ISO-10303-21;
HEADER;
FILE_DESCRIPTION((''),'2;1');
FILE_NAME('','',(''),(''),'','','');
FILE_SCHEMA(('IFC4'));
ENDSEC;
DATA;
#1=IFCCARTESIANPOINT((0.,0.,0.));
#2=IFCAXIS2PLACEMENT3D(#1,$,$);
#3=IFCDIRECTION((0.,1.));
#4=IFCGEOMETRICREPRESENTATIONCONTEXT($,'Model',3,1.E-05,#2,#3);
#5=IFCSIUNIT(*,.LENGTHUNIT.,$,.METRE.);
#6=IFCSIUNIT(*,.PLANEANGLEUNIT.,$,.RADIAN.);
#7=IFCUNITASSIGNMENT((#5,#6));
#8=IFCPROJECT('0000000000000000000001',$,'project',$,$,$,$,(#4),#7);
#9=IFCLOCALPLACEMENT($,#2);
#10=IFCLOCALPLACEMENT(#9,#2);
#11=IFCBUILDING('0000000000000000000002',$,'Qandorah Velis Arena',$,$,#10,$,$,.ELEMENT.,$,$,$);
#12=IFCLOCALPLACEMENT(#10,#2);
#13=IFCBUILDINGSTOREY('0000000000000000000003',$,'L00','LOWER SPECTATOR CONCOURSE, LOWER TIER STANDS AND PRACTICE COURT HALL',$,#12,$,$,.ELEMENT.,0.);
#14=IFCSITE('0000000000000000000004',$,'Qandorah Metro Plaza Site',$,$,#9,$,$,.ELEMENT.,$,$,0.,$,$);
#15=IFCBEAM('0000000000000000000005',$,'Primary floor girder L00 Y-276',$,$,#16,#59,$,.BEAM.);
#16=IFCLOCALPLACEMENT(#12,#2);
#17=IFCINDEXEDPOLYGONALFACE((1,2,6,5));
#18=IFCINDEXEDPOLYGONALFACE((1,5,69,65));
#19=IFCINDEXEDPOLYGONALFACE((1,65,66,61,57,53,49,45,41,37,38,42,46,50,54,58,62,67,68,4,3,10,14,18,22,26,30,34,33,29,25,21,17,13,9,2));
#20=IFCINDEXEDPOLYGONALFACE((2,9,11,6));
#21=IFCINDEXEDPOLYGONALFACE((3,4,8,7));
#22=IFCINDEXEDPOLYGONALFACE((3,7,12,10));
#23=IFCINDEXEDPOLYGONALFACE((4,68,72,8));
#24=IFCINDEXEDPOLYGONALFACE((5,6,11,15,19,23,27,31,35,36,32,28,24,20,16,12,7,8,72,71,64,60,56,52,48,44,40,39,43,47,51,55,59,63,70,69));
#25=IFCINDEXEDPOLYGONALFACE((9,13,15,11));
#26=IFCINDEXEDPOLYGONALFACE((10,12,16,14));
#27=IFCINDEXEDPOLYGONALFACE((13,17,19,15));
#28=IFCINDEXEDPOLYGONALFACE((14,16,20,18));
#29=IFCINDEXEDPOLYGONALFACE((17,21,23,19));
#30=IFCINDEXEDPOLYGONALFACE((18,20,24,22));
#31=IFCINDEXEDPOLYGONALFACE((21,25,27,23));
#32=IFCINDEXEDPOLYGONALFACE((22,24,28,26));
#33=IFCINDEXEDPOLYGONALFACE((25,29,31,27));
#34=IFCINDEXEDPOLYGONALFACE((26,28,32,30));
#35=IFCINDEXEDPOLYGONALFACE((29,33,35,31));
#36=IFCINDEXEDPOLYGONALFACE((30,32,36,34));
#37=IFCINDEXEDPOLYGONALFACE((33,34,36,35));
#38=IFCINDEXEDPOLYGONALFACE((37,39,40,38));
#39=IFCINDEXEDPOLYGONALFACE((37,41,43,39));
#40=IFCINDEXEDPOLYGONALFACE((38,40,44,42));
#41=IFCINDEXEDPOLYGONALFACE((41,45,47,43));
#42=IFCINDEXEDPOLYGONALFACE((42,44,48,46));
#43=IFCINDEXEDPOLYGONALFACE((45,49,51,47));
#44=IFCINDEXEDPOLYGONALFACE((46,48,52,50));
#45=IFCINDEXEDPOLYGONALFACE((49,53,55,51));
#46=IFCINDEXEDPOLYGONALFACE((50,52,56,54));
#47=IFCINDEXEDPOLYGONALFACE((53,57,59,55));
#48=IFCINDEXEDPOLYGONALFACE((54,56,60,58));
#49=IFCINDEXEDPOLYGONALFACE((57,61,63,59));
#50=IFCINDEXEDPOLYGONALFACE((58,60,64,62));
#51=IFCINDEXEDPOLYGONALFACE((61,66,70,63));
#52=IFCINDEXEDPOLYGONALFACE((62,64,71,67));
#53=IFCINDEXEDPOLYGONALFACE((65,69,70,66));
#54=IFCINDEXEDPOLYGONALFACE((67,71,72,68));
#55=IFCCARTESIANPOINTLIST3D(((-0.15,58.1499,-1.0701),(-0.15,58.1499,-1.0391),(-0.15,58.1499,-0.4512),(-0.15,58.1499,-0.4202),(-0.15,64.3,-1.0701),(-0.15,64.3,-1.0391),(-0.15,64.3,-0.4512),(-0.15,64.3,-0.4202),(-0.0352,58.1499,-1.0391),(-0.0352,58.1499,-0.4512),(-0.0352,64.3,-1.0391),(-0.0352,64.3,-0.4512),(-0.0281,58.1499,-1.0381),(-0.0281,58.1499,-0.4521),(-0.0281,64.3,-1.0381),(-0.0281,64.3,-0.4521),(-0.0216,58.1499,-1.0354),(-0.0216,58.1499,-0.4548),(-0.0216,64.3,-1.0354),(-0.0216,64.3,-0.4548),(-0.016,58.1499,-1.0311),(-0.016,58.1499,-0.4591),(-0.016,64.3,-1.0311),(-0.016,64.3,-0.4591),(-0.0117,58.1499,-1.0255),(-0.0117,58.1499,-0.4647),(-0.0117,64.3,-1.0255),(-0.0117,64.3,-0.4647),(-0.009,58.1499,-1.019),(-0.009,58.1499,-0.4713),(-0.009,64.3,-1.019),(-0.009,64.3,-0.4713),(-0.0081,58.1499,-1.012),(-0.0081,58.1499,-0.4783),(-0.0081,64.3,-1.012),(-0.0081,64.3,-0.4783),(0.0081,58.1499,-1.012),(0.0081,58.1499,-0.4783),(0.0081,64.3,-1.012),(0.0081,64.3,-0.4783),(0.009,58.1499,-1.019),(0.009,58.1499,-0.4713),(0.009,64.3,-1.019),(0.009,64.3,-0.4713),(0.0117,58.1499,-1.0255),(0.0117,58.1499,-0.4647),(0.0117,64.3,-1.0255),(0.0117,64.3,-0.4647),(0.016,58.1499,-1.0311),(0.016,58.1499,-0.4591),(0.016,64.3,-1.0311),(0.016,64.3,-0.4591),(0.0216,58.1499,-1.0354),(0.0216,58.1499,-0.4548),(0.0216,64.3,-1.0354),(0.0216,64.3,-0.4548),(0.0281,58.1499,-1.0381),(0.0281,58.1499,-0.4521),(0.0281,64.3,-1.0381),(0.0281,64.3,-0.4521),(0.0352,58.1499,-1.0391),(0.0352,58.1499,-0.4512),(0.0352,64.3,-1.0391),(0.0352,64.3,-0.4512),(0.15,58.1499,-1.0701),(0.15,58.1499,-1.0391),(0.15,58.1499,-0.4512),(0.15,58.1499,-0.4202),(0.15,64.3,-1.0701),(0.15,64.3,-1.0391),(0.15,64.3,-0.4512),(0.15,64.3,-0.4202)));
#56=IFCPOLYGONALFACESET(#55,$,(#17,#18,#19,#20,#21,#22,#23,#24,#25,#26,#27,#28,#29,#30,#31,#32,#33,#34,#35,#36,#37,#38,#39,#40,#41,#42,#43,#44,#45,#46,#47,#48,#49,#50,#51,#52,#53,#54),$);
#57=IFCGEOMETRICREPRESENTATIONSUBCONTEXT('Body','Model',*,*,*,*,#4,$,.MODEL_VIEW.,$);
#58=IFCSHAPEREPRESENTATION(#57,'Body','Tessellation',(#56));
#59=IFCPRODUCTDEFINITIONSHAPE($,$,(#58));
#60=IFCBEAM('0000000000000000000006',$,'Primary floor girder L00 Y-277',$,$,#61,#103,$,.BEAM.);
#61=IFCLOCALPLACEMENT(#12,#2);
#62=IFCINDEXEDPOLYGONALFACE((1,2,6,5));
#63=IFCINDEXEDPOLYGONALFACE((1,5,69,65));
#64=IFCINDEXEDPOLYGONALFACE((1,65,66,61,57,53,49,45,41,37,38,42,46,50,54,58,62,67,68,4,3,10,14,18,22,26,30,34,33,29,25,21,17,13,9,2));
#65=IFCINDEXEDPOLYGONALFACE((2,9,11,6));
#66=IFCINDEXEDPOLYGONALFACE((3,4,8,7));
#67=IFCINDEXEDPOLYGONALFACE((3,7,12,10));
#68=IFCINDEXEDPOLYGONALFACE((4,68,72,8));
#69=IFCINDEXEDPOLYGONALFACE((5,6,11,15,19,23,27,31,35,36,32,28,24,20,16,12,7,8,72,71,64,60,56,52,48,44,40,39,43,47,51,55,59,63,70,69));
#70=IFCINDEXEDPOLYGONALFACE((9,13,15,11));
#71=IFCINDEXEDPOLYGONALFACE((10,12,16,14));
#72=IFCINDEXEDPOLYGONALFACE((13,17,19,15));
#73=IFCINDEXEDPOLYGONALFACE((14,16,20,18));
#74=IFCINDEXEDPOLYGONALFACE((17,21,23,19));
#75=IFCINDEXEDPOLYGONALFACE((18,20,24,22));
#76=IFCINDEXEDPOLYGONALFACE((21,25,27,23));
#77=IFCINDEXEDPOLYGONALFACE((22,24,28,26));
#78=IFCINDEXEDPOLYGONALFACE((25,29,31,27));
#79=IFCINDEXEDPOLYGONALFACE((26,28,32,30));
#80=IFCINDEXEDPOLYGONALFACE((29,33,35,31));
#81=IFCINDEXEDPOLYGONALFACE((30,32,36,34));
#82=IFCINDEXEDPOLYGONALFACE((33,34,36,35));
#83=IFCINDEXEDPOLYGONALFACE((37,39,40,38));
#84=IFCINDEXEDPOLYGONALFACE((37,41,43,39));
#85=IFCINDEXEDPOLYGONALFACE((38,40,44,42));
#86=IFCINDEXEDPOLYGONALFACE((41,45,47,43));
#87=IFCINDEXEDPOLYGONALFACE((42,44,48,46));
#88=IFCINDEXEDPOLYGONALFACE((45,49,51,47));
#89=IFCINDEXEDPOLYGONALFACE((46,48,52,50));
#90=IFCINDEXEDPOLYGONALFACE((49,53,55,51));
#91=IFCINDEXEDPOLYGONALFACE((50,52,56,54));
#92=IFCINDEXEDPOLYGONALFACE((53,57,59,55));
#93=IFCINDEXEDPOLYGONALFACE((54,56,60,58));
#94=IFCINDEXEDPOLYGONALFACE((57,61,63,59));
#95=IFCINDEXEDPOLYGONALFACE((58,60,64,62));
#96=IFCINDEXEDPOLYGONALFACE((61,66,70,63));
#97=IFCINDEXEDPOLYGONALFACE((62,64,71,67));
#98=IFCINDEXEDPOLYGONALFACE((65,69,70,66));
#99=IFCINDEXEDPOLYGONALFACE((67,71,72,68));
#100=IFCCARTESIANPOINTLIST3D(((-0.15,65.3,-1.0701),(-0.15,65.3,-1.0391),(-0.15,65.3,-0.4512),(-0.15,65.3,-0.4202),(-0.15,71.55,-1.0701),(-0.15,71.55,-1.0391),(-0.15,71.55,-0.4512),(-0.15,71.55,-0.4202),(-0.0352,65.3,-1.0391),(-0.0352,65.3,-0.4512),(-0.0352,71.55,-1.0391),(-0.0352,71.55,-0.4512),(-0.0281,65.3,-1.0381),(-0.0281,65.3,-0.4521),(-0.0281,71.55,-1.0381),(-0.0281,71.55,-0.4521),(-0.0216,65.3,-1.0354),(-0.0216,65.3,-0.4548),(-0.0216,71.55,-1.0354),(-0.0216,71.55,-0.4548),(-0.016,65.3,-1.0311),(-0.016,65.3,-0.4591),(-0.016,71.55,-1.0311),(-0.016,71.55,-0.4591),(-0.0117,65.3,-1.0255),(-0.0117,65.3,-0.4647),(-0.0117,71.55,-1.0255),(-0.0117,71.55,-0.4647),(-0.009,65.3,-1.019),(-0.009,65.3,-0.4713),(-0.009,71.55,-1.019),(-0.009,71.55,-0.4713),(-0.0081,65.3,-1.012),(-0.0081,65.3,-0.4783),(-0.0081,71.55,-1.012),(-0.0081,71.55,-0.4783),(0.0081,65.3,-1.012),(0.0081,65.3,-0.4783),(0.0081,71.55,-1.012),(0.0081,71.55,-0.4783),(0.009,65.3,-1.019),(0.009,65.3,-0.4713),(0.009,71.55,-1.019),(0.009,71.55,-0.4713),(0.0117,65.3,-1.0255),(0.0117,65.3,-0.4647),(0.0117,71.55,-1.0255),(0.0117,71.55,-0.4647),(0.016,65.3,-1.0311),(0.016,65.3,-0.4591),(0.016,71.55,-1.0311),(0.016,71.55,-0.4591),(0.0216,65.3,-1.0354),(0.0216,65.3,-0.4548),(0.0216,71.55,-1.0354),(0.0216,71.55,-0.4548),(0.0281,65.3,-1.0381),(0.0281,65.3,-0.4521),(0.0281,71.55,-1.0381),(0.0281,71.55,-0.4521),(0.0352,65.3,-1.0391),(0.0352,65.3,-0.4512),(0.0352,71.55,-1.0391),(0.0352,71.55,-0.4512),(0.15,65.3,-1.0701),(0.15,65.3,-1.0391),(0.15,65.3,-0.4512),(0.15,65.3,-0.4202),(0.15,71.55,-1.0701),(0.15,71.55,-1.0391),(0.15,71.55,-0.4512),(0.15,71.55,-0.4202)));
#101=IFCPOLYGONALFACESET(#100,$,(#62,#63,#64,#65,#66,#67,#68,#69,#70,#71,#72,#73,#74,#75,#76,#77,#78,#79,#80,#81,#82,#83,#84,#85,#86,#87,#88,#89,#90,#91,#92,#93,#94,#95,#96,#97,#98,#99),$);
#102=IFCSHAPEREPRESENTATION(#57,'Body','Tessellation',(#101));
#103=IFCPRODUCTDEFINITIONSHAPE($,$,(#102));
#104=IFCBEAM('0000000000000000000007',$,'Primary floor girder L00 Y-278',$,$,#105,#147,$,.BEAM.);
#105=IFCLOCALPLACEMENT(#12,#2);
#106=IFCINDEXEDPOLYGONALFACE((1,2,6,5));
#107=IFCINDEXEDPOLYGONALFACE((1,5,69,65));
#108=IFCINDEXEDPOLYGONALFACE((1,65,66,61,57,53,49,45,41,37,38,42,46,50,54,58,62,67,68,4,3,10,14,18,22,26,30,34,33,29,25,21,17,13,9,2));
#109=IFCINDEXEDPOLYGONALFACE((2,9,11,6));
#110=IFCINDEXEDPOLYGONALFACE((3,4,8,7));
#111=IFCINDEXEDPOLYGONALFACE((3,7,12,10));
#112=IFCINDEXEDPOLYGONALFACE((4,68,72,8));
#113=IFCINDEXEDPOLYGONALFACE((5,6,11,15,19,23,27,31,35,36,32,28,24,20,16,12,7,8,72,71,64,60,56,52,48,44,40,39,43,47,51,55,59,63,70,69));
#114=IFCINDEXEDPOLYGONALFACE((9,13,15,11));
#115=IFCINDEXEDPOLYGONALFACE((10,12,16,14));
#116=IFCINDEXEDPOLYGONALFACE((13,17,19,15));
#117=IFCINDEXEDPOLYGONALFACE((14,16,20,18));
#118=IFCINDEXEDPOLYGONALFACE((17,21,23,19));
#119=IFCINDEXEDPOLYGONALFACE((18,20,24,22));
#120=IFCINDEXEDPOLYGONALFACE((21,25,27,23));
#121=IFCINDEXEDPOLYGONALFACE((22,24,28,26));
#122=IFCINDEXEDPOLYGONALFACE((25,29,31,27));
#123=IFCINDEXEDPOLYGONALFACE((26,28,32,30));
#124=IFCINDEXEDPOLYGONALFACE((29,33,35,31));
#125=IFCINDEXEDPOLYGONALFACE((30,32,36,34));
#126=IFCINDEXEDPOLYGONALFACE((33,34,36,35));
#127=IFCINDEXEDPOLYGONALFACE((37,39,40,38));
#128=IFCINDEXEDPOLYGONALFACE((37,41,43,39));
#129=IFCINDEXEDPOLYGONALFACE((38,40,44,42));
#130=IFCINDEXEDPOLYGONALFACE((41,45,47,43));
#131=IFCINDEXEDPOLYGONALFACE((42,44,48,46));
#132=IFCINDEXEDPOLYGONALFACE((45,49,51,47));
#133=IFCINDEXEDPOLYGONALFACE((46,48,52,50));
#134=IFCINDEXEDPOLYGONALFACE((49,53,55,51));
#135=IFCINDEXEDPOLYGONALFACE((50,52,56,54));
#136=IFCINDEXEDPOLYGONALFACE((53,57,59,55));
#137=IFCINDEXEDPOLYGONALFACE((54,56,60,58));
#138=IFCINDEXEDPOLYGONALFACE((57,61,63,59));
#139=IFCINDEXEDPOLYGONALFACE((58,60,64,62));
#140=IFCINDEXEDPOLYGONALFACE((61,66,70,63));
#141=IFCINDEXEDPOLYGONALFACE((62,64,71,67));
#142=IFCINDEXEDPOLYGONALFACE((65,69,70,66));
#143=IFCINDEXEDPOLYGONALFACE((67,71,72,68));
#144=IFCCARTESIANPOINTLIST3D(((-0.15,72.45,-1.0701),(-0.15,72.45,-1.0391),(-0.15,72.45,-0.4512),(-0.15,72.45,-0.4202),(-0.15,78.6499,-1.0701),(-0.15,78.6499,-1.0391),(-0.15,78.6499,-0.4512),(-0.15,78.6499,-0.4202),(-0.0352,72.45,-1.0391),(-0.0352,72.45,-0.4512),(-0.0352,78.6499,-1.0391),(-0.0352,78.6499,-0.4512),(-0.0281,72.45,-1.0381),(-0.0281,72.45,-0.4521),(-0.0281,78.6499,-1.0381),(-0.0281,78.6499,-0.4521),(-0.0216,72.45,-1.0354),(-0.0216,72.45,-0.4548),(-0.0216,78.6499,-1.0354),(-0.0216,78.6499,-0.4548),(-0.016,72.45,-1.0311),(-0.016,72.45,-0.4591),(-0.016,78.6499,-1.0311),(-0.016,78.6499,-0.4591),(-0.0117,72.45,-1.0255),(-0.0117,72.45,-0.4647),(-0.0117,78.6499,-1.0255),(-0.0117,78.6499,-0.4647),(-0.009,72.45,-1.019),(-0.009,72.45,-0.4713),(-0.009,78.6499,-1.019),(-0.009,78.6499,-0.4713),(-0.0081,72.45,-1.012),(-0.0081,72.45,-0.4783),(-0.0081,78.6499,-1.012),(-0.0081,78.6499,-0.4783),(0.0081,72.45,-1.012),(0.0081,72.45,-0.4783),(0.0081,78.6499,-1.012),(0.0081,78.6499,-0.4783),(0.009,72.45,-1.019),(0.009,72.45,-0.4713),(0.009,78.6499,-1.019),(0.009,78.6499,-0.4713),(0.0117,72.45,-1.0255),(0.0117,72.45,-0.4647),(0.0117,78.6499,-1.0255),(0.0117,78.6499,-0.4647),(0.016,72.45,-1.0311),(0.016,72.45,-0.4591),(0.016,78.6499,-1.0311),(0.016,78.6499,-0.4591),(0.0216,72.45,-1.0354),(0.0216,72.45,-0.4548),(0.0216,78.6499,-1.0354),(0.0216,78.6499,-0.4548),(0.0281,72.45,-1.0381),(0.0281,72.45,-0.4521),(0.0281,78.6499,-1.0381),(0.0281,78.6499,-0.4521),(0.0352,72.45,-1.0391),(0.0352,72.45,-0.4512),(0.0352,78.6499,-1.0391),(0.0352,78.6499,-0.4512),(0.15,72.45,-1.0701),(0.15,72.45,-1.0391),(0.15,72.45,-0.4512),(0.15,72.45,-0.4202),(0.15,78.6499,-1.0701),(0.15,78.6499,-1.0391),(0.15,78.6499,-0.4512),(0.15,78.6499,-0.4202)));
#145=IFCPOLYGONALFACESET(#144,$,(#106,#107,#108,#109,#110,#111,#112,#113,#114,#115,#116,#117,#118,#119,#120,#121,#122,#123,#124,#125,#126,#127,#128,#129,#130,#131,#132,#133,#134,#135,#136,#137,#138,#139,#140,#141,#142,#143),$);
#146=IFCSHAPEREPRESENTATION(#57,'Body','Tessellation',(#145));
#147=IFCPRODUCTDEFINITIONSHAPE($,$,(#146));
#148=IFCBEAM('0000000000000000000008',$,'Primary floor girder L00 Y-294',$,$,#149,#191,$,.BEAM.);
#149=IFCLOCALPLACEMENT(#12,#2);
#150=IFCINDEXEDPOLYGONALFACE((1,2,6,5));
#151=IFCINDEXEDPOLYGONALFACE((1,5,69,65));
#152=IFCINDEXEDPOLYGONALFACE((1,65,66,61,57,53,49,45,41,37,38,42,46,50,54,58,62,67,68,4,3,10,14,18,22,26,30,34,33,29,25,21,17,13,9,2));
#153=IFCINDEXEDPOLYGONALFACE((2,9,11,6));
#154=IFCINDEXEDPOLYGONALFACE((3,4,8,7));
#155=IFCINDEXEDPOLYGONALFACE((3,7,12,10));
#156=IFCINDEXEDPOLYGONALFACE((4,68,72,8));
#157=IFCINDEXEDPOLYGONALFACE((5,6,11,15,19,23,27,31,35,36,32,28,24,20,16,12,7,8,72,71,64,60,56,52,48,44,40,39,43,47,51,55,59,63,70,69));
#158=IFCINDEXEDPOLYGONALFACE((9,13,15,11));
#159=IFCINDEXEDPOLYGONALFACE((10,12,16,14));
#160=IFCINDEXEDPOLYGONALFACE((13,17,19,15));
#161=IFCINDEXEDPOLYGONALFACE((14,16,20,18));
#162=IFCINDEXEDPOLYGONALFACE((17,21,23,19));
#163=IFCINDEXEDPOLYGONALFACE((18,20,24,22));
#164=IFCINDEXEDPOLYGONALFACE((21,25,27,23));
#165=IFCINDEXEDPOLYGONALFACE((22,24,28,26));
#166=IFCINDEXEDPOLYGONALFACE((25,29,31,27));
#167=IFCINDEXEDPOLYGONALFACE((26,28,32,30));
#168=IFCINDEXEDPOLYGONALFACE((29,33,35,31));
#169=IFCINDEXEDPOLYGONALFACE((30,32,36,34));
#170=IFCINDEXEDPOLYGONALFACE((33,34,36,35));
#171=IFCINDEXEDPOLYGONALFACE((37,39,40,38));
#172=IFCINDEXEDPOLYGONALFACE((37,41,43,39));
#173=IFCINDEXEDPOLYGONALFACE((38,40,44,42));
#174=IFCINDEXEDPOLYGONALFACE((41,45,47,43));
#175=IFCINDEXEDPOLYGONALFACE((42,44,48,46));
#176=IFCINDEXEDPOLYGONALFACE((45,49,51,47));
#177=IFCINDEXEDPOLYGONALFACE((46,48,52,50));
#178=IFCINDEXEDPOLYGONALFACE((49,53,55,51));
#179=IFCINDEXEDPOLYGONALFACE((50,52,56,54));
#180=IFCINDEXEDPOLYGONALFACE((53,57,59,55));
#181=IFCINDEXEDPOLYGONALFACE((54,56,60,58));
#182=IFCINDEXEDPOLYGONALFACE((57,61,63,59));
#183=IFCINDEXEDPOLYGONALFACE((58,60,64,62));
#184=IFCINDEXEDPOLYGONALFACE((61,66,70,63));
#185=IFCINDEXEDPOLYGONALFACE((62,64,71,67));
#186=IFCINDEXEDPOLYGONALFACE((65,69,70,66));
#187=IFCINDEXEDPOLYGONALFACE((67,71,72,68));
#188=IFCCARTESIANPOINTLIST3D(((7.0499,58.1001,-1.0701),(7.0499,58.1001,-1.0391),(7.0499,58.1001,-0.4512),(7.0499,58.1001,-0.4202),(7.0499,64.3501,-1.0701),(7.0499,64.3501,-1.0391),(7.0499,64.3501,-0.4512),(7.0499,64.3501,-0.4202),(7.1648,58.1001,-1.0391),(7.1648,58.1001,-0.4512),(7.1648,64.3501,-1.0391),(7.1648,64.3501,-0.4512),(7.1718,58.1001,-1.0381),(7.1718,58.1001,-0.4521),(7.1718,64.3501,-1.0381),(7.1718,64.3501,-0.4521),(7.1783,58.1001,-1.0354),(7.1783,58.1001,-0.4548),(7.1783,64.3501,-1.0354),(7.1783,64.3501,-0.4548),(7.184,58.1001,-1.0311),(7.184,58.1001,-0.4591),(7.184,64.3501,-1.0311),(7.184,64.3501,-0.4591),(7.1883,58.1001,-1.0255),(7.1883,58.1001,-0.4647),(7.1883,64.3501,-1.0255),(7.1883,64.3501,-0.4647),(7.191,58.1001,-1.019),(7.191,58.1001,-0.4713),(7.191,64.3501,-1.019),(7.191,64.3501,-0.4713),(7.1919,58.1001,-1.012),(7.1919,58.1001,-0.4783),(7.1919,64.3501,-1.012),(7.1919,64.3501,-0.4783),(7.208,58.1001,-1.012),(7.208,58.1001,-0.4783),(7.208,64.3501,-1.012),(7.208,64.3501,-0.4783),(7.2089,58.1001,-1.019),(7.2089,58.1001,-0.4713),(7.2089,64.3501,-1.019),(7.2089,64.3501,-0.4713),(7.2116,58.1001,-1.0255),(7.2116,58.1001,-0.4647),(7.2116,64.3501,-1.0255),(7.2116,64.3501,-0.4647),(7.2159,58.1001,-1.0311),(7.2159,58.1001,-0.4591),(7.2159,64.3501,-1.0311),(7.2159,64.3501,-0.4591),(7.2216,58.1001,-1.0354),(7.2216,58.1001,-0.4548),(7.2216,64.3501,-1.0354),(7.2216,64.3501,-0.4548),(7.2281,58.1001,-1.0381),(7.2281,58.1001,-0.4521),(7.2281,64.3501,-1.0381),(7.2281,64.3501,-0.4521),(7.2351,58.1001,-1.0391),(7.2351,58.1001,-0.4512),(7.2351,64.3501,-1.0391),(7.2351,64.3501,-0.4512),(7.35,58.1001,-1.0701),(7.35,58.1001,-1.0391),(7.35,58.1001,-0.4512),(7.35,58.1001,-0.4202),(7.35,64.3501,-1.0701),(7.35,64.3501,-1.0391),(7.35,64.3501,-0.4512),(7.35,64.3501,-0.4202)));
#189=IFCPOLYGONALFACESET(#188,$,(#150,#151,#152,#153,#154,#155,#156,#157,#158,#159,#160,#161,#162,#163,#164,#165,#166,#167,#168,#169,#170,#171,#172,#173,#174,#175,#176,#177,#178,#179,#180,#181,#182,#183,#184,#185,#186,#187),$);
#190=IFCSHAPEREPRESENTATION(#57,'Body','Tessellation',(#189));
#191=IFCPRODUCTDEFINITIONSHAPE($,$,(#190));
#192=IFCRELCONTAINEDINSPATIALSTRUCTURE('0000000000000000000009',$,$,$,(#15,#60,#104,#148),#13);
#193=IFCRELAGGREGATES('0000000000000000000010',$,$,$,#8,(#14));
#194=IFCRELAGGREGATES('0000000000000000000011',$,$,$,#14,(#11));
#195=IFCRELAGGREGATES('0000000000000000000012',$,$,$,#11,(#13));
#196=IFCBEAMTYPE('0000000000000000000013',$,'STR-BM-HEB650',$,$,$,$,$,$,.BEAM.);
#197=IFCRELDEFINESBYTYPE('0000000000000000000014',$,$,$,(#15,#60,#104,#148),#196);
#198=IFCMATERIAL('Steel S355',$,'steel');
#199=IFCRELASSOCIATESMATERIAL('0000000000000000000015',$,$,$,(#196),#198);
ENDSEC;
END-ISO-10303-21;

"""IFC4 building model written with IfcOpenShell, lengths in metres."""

from ifc_helpers import new_model, si_unit, direction, frame, origin, origin_2d, place, context, subcontext, project, spatial, i_section, extrude, material, material_profile, profile_set, type_object, element, save


model = new_model("IFC4")

# Units and contexts
model_context = context("Model", 3, precision=1e-05, world=origin(), true_north=direction((0.0, 1.0)))
body_context = subcontext(model_context, "Body", "Model", "MODEL_VIEW")
ifc_project = project(units=[si_unit("LENGTHUNIT", "METRE"), si_unit("PLANEANGLEUNIT", "RADIAN")], contexts=[model_context])

# Site, building, storey
site_placement = place(None, origin())
site = spatial("IfcSite", under=ifc_project, at=site_placement, Name="Qandorah Metro Plaza Site", CompositionType="ELEMENT", RefElevation=0.0)
building_placement = place(site_placement, origin())
building = spatial("IfcBuilding", under=site, at=building_placement, Name="Qandorah Velis Arena", CompositionType="ELEMENT")
storey_placement = place(building_placement, origin())
storey = spatial("IfcBuildingStorey", under=building, at=storey_placement, Name="L00", Description="LOWER SPECTATOR CONCOURSE, LOWER TIER STANDS AND PRACTICE COURT HALL", CompositionType="ELEMENT", Elevation=0.0)

# Beams
ifc_material_1 = material(Name="Steel S355", Category="steel")
ifc_material_profile_1 = material_profile(ifc_material_1, i_section(OverallWidth=0.3, OverallDepth=0.6499, WebThickness=0.0161, FlangeThickness=0.031, FilletRadius=0.0271, at=origin_2d()), Name="HEB 650")
ifc_profile_set_1 = profile_set([ifc_material_profile_1], Name="Steel S355")
beam_type_1 = type_object("IfcBeamType", Name="STR-BM-HEB650", PredefinedType="BEAM", material=ifc_profile_set_1)
beam_1_placement = place(storey_placement, frame((0.0, 58.1499, -0.7451), z_axis=(0.0, 1.0, 0.0), x_axis=(-1.0, 0.0, 0.0)))
element("IfcBeam", 1, at=beam_1_placement, inside=storey, type_object=beam_type_1, Name="Primary floor girder L00 Y-276", PredefinedType="BEAM", context=body_context, shape_type="SweptSolid", body=[
    extrude(i_section(OverallWidth=0.3, OverallDepth=0.6499, WebThickness=0.0161, FlangeThickness=0.031, FilletRadius=0.0271, at=origin_2d()), origin(), (0.0, 0.0, 1.0), 6.1501),
])
beam_2_placement = place(storey_placement, frame((0.0, 65.3, -0.7451), z_axis=(0.0, 1.0, 0.0), x_axis=(-1.0, 0.0, 0.0)))
element("IfcBeam", 2, at=beam_2_placement, inside=storey, type_object=beam_type_1, Name="Primary floor girder L00 Y-277", PredefinedType="BEAM", context=body_context, shape_type="SweptSolid", body=[
    extrude(i_section(OverallWidth=0.3, OverallDepth=0.6499, WebThickness=0.0161, FlangeThickness=0.031, FilletRadius=0.0271, at=origin_2d()), origin(), (0.0, 0.0, 1.0), 6.25),
])
beam_3_placement = place(storey_placement, frame((0.0, 72.45, -0.7451), z_axis=(0.0, 1.0, 0.0), x_axis=(-1.0, 0.0, 0.0)))
element("IfcBeam", 3, at=beam_3_placement, inside=storey, type_object=beam_type_1, Name="Primary floor girder L00 Y-278", PredefinedType="BEAM", context=body_context, shape_type="SweptSolid", body=[
    extrude(i_section(OverallWidth=0.3, OverallDepth=0.6499, WebThickness=0.0161, FlangeThickness=0.031, FilletRadius=0.0271, at=origin_2d()), origin(), (0.0, 0.0, 1.0), 6.2),
])
beam_4_placement = place(storey_placement, frame((7.2, 58.1001, -0.7451), z_axis=(0.0, 1.0, 0.0), x_axis=(-1.0, 0.0, 0.0)))
element("IfcBeam", 4, at=beam_4_placement, inside=storey, type_object=beam_type_1, Name="Primary floor girder L00 Y-294", PredefinedType="BEAM", context=body_context, shape_type="SweptSolid", body=[
    extrude(i_section(OverallWidth=0.3, OverallDepth=0.6499, WebThickness=0.0161, FlangeThickness=0.031, FilletRadius=0.0271, at=origin_2d()), origin(), (0.0, 0.0, 1.0), 6.25),
])

save(model, "model.ifc")
